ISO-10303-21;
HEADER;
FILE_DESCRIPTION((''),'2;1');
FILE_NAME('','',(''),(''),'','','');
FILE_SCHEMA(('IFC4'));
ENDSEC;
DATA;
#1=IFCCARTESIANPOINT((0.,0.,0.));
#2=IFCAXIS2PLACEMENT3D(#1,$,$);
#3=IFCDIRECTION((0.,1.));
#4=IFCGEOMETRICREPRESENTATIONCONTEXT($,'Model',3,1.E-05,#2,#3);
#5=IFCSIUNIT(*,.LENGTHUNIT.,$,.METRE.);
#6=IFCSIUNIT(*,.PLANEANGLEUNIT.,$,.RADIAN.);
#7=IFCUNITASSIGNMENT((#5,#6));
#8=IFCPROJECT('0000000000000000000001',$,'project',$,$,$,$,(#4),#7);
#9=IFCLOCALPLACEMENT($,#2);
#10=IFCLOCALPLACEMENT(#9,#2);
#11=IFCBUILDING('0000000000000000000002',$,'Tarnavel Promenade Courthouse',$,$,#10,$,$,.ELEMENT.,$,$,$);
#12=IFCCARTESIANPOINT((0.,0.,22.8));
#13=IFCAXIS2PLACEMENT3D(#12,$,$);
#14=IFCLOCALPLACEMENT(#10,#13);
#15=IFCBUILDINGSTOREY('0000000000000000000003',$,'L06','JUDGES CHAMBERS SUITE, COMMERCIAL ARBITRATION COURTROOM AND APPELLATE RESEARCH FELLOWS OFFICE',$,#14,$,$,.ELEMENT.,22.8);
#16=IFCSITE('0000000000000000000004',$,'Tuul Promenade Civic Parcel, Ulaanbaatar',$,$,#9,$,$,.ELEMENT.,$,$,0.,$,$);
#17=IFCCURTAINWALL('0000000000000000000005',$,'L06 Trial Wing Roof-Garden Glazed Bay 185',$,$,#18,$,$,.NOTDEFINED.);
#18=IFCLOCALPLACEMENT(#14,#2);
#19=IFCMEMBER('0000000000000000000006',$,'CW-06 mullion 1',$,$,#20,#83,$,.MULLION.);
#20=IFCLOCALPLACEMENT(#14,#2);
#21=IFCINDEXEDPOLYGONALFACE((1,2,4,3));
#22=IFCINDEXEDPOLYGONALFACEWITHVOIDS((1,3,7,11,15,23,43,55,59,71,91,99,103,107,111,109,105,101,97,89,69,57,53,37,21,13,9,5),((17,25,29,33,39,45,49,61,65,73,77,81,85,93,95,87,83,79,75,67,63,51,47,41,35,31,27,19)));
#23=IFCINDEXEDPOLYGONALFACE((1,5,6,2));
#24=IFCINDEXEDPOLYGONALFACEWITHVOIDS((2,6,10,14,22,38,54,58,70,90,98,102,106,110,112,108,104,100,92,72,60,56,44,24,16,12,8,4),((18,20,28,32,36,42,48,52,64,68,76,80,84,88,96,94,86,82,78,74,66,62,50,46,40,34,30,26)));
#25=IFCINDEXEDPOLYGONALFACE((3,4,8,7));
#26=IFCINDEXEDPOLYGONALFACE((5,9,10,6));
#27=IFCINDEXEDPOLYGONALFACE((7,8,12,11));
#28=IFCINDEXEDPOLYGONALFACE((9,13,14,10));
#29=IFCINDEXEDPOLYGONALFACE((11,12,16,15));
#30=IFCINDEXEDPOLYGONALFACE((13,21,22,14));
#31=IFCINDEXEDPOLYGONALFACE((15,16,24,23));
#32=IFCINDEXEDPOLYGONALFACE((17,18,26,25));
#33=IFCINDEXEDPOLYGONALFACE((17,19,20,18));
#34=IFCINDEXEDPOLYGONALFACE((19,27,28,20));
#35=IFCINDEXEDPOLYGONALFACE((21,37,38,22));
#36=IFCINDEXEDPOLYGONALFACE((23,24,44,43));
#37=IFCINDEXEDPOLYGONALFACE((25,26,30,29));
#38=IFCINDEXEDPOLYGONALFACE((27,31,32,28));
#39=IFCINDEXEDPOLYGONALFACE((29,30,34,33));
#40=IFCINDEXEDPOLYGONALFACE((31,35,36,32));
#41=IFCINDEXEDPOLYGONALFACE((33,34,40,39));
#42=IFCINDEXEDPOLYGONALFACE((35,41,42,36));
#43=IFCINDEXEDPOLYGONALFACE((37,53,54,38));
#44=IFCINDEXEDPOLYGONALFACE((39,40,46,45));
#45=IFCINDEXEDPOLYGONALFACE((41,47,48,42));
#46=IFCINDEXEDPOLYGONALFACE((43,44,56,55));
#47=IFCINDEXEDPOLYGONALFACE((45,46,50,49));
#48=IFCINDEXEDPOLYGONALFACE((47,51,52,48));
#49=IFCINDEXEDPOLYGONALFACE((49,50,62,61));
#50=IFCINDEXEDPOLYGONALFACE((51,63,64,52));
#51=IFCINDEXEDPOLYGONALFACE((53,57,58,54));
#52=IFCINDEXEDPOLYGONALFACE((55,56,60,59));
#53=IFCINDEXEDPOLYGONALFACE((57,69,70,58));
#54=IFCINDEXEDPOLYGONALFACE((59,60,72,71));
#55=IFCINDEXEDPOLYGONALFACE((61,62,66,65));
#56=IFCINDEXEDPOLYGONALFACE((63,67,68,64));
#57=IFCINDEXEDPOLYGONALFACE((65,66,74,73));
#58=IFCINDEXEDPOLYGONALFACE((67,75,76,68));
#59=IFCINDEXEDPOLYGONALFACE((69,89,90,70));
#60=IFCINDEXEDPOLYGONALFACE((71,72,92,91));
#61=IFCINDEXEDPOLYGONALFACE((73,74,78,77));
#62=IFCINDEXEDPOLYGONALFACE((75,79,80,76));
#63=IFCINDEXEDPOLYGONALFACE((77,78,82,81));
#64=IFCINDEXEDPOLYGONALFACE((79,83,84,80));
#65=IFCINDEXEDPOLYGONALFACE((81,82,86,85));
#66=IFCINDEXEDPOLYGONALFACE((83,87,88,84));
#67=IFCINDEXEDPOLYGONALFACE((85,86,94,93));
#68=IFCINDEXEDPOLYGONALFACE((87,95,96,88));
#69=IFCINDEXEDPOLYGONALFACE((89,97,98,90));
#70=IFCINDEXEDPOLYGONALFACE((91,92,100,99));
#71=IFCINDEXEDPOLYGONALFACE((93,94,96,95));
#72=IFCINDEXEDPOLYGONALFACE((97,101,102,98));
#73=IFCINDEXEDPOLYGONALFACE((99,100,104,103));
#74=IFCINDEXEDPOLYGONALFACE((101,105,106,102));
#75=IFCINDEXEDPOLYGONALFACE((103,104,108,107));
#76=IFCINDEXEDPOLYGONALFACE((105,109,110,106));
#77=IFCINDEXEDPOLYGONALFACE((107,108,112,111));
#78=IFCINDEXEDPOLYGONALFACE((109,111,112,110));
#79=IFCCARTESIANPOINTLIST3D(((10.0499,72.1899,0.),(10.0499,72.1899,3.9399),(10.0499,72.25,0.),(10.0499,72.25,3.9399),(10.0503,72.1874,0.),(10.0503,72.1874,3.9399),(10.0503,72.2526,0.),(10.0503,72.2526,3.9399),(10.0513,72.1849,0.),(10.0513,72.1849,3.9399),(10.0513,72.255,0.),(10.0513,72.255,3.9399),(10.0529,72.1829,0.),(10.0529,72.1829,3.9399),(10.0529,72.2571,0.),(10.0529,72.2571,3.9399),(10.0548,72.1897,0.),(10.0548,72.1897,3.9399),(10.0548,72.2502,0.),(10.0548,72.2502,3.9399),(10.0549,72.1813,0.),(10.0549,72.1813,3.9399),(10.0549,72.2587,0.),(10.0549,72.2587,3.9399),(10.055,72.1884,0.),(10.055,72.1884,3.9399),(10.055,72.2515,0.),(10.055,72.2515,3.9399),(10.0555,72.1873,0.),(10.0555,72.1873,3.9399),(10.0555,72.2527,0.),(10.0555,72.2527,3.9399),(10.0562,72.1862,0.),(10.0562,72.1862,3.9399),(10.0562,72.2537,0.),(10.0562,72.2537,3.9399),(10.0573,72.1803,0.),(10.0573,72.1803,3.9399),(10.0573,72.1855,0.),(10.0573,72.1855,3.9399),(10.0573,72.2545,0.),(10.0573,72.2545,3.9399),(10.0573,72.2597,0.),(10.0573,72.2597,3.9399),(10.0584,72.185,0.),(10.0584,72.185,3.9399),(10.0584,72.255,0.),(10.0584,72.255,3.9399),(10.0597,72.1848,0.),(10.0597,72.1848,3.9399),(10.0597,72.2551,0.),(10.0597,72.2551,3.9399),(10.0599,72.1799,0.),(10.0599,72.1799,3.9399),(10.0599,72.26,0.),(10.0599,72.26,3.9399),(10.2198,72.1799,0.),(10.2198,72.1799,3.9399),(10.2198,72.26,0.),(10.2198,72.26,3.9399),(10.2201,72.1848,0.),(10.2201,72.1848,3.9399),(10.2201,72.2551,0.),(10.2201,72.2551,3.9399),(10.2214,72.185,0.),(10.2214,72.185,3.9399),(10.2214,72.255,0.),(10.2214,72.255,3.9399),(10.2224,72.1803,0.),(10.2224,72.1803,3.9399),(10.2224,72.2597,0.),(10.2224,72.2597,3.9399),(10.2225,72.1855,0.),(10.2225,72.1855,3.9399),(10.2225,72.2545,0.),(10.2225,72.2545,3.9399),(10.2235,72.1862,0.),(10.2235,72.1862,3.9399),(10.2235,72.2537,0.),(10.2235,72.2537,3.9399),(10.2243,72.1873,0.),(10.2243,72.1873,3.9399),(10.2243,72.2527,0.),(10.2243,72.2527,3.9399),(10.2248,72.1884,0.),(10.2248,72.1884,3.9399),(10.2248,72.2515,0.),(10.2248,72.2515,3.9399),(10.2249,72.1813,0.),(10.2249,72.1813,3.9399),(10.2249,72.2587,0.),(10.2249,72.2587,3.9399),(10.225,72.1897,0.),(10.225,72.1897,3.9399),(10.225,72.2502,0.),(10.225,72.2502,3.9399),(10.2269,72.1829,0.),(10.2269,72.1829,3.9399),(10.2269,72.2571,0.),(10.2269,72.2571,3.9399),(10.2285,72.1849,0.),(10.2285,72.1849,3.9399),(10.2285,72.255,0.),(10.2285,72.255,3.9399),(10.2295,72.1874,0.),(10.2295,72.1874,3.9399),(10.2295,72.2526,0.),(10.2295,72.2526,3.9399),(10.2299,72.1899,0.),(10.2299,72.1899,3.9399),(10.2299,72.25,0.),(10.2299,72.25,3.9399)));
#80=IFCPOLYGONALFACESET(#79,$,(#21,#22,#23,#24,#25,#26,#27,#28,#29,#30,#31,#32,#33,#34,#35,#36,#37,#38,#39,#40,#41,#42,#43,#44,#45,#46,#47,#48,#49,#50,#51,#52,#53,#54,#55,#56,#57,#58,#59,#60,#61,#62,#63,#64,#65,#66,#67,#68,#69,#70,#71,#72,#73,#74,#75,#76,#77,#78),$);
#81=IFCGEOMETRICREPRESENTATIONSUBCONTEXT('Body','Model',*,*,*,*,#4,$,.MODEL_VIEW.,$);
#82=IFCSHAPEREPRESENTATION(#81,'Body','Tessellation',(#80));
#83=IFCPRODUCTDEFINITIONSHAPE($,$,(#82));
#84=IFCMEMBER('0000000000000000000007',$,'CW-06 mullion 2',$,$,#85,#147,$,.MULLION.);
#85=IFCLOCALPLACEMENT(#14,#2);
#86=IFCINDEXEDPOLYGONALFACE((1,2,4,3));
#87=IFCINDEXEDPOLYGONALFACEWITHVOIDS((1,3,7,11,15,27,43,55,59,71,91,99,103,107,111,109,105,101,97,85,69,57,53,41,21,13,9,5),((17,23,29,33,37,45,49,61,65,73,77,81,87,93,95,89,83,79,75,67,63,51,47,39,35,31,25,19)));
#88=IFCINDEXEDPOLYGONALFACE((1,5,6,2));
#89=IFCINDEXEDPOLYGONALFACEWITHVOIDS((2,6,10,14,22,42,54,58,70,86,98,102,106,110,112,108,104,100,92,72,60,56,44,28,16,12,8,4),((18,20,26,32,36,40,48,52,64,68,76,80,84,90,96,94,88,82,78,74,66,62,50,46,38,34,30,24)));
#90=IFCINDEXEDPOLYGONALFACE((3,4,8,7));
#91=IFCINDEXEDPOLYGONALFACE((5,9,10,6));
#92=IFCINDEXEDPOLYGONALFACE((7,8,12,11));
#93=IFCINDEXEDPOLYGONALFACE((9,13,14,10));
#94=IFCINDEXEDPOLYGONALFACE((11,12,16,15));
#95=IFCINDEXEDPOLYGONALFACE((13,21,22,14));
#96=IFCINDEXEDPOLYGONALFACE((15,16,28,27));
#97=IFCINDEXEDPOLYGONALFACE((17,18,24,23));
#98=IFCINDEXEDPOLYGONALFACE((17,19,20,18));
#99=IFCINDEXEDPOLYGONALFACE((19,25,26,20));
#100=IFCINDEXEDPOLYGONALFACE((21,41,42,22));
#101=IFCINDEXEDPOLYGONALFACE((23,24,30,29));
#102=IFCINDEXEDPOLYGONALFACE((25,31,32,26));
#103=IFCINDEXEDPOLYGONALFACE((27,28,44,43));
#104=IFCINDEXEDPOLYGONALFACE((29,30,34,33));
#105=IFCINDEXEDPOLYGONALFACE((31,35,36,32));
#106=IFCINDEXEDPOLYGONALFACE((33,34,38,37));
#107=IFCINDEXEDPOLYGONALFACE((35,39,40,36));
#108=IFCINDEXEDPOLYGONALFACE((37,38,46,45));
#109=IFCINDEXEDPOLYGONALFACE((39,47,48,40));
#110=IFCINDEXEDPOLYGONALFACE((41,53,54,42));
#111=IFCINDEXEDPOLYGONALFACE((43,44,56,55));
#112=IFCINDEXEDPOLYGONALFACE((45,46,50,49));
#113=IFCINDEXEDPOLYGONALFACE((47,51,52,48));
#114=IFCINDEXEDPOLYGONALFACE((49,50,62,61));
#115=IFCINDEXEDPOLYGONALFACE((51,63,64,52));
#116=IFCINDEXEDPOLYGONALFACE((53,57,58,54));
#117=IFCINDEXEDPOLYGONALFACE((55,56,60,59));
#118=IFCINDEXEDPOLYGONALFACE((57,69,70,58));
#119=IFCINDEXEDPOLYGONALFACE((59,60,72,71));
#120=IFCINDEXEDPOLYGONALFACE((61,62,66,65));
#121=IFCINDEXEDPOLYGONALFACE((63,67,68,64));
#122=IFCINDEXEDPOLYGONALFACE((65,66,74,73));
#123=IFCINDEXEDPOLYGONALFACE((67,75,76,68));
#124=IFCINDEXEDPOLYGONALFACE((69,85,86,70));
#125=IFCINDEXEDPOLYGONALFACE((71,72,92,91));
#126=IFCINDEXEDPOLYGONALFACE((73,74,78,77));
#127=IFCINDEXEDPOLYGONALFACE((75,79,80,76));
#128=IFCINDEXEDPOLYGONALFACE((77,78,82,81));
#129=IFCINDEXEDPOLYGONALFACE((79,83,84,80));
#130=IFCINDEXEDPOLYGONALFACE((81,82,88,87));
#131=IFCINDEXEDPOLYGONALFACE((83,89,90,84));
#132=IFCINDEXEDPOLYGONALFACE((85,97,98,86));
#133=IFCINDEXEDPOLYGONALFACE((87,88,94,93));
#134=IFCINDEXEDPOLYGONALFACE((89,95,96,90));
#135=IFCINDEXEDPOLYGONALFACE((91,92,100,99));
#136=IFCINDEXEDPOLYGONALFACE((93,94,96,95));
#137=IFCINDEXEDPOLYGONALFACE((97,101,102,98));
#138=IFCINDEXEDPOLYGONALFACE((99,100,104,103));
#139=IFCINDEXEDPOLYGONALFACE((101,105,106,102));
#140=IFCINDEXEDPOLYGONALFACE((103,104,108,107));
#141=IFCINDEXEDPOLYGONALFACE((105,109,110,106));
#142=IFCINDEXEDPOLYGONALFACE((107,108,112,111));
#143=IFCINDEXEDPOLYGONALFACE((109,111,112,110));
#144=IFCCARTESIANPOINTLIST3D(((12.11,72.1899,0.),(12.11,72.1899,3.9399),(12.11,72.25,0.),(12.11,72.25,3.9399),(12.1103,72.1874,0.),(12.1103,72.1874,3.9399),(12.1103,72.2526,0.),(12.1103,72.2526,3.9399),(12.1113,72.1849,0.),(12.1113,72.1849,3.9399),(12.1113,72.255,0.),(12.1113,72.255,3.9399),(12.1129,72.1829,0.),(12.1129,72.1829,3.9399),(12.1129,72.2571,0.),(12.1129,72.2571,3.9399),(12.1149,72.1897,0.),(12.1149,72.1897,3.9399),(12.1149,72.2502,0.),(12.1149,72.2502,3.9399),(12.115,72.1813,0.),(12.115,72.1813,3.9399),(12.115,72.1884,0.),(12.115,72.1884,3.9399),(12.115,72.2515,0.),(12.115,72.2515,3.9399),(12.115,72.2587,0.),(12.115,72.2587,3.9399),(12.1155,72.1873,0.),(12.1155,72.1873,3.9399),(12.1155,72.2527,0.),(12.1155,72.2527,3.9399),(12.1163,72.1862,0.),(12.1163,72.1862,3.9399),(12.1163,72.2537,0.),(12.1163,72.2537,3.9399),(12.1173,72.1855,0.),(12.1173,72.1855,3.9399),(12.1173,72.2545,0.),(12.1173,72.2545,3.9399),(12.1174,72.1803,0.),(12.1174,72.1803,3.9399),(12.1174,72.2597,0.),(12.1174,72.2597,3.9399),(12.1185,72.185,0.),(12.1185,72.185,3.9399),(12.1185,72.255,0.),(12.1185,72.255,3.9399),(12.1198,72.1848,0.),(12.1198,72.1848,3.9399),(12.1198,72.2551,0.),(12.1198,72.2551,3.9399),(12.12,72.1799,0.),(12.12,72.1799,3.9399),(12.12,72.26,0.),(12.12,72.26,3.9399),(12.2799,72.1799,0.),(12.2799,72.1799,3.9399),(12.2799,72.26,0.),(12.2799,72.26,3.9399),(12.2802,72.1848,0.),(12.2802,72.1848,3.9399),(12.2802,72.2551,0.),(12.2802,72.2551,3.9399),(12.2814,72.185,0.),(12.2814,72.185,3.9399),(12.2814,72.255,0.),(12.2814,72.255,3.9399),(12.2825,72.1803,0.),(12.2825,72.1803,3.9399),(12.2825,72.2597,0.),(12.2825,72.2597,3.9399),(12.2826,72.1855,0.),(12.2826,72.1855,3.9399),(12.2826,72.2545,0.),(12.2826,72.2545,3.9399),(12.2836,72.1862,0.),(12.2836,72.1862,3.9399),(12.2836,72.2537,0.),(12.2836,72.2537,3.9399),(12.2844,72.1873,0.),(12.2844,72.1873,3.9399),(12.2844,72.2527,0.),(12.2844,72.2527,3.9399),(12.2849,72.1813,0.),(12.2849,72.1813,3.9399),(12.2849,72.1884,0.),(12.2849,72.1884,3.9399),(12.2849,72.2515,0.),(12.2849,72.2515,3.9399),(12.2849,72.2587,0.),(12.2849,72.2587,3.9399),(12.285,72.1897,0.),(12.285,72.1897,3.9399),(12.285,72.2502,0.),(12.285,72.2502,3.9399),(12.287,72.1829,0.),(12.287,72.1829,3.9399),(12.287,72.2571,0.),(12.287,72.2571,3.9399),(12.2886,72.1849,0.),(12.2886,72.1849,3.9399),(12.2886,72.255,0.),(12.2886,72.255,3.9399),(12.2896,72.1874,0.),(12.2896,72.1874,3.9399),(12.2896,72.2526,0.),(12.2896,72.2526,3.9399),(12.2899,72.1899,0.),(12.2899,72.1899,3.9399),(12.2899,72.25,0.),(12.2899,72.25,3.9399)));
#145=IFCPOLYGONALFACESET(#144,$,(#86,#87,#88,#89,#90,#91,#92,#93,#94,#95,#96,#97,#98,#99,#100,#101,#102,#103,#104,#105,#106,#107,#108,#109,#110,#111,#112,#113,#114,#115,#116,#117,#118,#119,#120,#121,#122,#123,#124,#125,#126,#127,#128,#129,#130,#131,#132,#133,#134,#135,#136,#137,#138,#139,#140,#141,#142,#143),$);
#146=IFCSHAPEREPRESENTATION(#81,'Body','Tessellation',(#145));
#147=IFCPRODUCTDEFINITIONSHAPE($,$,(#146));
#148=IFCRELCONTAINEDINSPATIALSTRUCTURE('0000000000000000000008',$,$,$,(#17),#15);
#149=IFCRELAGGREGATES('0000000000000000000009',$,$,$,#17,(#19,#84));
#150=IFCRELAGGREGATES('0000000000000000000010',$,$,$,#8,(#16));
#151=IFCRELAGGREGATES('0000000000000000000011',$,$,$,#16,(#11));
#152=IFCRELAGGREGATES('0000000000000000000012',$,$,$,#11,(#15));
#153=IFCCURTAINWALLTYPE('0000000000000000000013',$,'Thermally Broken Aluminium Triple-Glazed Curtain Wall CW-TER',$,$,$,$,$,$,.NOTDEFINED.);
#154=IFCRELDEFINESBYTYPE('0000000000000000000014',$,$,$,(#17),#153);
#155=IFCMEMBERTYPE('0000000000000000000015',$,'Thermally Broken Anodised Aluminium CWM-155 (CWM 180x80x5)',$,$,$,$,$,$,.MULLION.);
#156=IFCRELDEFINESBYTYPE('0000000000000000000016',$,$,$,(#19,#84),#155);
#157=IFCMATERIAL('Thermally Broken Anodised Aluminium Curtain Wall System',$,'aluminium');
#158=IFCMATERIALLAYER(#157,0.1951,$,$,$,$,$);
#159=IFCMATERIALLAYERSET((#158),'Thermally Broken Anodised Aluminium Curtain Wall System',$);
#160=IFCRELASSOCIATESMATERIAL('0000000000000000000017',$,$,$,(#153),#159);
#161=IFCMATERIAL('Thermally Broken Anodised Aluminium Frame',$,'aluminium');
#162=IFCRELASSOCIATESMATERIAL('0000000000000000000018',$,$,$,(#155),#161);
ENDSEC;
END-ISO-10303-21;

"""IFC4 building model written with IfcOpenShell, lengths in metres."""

from ifc_helpers import new_model, si_unit, direction, frame, origin, origin_2d, place, context, subcontext, project, spatial, hollow_rectangle, extrude, material, layer, layer_set, material_profile, profile_set, type_object, element, aggregate, save


model = new_model("IFC4")

# Units and contexts
model_context = context("Model", 3, precision=1e-05, world=origin(), true_north=direction((0.0, 1.0)))
body_context = subcontext(model_context, "Body", "Model", "MODEL_VIEW")
ifc_project = project(units=[si_unit("LENGTHUNIT", "METRE"), si_unit("PLANEANGLEUNIT", "RADIAN")], contexts=[model_context])

# Site, building, storey
site_placement = place(None, origin())
site = spatial("IfcSite", under=ifc_project, at=site_placement, Name="Tuul Promenade Civic Parcel, Ulaanbaatar", CompositionType="ELEMENT", RefElevation=0.0)
building_placement = place(site_placement, origin())
building = spatial("IfcBuilding", under=site, at=building_placement, Name="Tarnavel Promenade Courthouse", CompositionType="ELEMENT")
storey_placement = place(building_placement, frame((0.0, 0.0, 22.8)))
storey = spatial("IfcBuildingStorey", under=building, at=storey_placement, Name="L06", Description="JUDGES CHAMBERS SUITE, COMMERCIAL ARBITRATION COURTROOM AND APPELLATE RESEARCH FELLOWS OFFICE", CompositionType="ELEMENT", Elevation=22.8)

# Curtain wall, members
ifc_material_1 = material(Name="Thermally Broken Anodised Aluminium Curtain Wall System", Category="aluminium")
ifc_layer_1 = layer(ifc_material_1, 0.1951)
ifc_layer_set_1 = layer_set([ifc_layer_1], Name="Thermally Broken Anodised Aluminium Curtain Wall System")
curtain_wall_type = type_object("IfcCurtainWallType", Name="Thermally Broken Aluminium Triple-Glazed Curtain Wall CW-TER", PredefinedType="NOTDEFINED", material=ifc_layer_set_1)
curtain_wall_placement = place(storey_placement, origin())
curtain_wall = element("IfcCurtainWall", 1, at=curtain_wall_placement, inside=storey, type_object=curtain_wall_type, Name="L06 Trial Wing Roof-Garden Glazed Bay 185", PredefinedType="NOTDEFINED")
ifc_material_2 = material(Name="Thermally Broken Anodised Aluminium Frame", Category="aluminium")
ifc_material_profile_1 = material_profile(ifc_material_2, hollow_rectangle(XDim=0.0801, YDim=0.1799, WallThickness=0.0049, InnerFilletRadius=0.0049, OuterFilletRadius=0.01, at=origin_2d()), Name="CWM 180x80x5")
ifc_profile_set_1 = profile_set([ifc_material_profile_1], Name="Thermally Broken Anodised Aluminium Frame")
member_type_1 = type_object("IfcMemberType", Name="Thermally Broken Anodised Aluminium CWM-155 (CWM 180x80x5)", PredefinedType="MULLION", material=ifc_profile_set_1)
member_1_placement = place(storey_placement, frame((10.1399, 72.22, 0.0), z_axis=(0.0, 0.0, 1.0), x_axis=(0.0, 1.0, 0.0)))
member_1 = element("IfcMember", 2, at=member_1_placement, type_object=member_type_1, Name="CW-06 mullion 1", PredefinedType="MULLION", context=body_context, shape_type="SweptSolid", body=[
    extrude(hollow_rectangle(XDim=0.0801, YDim=0.1799, WallThickness=0.0049, InnerFilletRadius=0.0049, OuterFilletRadius=0.01, at=origin_2d()), origin(), (0.0, 0.0, 1.0), 3.9399),
])
member_2_placement = place(storey_placement, frame((12.2, 72.22, 0.0), z_axis=(0.0, 0.0, 1.0), x_axis=(0.0, 1.0, 0.0)))
member_2 = element("IfcMember", 3, at=member_2_placement, type_object=member_type_1, Name="CW-06 mullion 2", PredefinedType="MULLION", context=body_context, shape_type="SweptSolid", body=[
    extrude(hollow_rectangle(XDim=0.0801, YDim=0.1799, WallThickness=0.0049, InnerFilletRadius=0.0049, OuterFilletRadius=0.01, at=origin_2d()), origin(), (0.0, 0.0, 1.0), 3.9399),
])

aggregate(curtain_wall, [member_1, member_2])

save(model, "model.ifc")
